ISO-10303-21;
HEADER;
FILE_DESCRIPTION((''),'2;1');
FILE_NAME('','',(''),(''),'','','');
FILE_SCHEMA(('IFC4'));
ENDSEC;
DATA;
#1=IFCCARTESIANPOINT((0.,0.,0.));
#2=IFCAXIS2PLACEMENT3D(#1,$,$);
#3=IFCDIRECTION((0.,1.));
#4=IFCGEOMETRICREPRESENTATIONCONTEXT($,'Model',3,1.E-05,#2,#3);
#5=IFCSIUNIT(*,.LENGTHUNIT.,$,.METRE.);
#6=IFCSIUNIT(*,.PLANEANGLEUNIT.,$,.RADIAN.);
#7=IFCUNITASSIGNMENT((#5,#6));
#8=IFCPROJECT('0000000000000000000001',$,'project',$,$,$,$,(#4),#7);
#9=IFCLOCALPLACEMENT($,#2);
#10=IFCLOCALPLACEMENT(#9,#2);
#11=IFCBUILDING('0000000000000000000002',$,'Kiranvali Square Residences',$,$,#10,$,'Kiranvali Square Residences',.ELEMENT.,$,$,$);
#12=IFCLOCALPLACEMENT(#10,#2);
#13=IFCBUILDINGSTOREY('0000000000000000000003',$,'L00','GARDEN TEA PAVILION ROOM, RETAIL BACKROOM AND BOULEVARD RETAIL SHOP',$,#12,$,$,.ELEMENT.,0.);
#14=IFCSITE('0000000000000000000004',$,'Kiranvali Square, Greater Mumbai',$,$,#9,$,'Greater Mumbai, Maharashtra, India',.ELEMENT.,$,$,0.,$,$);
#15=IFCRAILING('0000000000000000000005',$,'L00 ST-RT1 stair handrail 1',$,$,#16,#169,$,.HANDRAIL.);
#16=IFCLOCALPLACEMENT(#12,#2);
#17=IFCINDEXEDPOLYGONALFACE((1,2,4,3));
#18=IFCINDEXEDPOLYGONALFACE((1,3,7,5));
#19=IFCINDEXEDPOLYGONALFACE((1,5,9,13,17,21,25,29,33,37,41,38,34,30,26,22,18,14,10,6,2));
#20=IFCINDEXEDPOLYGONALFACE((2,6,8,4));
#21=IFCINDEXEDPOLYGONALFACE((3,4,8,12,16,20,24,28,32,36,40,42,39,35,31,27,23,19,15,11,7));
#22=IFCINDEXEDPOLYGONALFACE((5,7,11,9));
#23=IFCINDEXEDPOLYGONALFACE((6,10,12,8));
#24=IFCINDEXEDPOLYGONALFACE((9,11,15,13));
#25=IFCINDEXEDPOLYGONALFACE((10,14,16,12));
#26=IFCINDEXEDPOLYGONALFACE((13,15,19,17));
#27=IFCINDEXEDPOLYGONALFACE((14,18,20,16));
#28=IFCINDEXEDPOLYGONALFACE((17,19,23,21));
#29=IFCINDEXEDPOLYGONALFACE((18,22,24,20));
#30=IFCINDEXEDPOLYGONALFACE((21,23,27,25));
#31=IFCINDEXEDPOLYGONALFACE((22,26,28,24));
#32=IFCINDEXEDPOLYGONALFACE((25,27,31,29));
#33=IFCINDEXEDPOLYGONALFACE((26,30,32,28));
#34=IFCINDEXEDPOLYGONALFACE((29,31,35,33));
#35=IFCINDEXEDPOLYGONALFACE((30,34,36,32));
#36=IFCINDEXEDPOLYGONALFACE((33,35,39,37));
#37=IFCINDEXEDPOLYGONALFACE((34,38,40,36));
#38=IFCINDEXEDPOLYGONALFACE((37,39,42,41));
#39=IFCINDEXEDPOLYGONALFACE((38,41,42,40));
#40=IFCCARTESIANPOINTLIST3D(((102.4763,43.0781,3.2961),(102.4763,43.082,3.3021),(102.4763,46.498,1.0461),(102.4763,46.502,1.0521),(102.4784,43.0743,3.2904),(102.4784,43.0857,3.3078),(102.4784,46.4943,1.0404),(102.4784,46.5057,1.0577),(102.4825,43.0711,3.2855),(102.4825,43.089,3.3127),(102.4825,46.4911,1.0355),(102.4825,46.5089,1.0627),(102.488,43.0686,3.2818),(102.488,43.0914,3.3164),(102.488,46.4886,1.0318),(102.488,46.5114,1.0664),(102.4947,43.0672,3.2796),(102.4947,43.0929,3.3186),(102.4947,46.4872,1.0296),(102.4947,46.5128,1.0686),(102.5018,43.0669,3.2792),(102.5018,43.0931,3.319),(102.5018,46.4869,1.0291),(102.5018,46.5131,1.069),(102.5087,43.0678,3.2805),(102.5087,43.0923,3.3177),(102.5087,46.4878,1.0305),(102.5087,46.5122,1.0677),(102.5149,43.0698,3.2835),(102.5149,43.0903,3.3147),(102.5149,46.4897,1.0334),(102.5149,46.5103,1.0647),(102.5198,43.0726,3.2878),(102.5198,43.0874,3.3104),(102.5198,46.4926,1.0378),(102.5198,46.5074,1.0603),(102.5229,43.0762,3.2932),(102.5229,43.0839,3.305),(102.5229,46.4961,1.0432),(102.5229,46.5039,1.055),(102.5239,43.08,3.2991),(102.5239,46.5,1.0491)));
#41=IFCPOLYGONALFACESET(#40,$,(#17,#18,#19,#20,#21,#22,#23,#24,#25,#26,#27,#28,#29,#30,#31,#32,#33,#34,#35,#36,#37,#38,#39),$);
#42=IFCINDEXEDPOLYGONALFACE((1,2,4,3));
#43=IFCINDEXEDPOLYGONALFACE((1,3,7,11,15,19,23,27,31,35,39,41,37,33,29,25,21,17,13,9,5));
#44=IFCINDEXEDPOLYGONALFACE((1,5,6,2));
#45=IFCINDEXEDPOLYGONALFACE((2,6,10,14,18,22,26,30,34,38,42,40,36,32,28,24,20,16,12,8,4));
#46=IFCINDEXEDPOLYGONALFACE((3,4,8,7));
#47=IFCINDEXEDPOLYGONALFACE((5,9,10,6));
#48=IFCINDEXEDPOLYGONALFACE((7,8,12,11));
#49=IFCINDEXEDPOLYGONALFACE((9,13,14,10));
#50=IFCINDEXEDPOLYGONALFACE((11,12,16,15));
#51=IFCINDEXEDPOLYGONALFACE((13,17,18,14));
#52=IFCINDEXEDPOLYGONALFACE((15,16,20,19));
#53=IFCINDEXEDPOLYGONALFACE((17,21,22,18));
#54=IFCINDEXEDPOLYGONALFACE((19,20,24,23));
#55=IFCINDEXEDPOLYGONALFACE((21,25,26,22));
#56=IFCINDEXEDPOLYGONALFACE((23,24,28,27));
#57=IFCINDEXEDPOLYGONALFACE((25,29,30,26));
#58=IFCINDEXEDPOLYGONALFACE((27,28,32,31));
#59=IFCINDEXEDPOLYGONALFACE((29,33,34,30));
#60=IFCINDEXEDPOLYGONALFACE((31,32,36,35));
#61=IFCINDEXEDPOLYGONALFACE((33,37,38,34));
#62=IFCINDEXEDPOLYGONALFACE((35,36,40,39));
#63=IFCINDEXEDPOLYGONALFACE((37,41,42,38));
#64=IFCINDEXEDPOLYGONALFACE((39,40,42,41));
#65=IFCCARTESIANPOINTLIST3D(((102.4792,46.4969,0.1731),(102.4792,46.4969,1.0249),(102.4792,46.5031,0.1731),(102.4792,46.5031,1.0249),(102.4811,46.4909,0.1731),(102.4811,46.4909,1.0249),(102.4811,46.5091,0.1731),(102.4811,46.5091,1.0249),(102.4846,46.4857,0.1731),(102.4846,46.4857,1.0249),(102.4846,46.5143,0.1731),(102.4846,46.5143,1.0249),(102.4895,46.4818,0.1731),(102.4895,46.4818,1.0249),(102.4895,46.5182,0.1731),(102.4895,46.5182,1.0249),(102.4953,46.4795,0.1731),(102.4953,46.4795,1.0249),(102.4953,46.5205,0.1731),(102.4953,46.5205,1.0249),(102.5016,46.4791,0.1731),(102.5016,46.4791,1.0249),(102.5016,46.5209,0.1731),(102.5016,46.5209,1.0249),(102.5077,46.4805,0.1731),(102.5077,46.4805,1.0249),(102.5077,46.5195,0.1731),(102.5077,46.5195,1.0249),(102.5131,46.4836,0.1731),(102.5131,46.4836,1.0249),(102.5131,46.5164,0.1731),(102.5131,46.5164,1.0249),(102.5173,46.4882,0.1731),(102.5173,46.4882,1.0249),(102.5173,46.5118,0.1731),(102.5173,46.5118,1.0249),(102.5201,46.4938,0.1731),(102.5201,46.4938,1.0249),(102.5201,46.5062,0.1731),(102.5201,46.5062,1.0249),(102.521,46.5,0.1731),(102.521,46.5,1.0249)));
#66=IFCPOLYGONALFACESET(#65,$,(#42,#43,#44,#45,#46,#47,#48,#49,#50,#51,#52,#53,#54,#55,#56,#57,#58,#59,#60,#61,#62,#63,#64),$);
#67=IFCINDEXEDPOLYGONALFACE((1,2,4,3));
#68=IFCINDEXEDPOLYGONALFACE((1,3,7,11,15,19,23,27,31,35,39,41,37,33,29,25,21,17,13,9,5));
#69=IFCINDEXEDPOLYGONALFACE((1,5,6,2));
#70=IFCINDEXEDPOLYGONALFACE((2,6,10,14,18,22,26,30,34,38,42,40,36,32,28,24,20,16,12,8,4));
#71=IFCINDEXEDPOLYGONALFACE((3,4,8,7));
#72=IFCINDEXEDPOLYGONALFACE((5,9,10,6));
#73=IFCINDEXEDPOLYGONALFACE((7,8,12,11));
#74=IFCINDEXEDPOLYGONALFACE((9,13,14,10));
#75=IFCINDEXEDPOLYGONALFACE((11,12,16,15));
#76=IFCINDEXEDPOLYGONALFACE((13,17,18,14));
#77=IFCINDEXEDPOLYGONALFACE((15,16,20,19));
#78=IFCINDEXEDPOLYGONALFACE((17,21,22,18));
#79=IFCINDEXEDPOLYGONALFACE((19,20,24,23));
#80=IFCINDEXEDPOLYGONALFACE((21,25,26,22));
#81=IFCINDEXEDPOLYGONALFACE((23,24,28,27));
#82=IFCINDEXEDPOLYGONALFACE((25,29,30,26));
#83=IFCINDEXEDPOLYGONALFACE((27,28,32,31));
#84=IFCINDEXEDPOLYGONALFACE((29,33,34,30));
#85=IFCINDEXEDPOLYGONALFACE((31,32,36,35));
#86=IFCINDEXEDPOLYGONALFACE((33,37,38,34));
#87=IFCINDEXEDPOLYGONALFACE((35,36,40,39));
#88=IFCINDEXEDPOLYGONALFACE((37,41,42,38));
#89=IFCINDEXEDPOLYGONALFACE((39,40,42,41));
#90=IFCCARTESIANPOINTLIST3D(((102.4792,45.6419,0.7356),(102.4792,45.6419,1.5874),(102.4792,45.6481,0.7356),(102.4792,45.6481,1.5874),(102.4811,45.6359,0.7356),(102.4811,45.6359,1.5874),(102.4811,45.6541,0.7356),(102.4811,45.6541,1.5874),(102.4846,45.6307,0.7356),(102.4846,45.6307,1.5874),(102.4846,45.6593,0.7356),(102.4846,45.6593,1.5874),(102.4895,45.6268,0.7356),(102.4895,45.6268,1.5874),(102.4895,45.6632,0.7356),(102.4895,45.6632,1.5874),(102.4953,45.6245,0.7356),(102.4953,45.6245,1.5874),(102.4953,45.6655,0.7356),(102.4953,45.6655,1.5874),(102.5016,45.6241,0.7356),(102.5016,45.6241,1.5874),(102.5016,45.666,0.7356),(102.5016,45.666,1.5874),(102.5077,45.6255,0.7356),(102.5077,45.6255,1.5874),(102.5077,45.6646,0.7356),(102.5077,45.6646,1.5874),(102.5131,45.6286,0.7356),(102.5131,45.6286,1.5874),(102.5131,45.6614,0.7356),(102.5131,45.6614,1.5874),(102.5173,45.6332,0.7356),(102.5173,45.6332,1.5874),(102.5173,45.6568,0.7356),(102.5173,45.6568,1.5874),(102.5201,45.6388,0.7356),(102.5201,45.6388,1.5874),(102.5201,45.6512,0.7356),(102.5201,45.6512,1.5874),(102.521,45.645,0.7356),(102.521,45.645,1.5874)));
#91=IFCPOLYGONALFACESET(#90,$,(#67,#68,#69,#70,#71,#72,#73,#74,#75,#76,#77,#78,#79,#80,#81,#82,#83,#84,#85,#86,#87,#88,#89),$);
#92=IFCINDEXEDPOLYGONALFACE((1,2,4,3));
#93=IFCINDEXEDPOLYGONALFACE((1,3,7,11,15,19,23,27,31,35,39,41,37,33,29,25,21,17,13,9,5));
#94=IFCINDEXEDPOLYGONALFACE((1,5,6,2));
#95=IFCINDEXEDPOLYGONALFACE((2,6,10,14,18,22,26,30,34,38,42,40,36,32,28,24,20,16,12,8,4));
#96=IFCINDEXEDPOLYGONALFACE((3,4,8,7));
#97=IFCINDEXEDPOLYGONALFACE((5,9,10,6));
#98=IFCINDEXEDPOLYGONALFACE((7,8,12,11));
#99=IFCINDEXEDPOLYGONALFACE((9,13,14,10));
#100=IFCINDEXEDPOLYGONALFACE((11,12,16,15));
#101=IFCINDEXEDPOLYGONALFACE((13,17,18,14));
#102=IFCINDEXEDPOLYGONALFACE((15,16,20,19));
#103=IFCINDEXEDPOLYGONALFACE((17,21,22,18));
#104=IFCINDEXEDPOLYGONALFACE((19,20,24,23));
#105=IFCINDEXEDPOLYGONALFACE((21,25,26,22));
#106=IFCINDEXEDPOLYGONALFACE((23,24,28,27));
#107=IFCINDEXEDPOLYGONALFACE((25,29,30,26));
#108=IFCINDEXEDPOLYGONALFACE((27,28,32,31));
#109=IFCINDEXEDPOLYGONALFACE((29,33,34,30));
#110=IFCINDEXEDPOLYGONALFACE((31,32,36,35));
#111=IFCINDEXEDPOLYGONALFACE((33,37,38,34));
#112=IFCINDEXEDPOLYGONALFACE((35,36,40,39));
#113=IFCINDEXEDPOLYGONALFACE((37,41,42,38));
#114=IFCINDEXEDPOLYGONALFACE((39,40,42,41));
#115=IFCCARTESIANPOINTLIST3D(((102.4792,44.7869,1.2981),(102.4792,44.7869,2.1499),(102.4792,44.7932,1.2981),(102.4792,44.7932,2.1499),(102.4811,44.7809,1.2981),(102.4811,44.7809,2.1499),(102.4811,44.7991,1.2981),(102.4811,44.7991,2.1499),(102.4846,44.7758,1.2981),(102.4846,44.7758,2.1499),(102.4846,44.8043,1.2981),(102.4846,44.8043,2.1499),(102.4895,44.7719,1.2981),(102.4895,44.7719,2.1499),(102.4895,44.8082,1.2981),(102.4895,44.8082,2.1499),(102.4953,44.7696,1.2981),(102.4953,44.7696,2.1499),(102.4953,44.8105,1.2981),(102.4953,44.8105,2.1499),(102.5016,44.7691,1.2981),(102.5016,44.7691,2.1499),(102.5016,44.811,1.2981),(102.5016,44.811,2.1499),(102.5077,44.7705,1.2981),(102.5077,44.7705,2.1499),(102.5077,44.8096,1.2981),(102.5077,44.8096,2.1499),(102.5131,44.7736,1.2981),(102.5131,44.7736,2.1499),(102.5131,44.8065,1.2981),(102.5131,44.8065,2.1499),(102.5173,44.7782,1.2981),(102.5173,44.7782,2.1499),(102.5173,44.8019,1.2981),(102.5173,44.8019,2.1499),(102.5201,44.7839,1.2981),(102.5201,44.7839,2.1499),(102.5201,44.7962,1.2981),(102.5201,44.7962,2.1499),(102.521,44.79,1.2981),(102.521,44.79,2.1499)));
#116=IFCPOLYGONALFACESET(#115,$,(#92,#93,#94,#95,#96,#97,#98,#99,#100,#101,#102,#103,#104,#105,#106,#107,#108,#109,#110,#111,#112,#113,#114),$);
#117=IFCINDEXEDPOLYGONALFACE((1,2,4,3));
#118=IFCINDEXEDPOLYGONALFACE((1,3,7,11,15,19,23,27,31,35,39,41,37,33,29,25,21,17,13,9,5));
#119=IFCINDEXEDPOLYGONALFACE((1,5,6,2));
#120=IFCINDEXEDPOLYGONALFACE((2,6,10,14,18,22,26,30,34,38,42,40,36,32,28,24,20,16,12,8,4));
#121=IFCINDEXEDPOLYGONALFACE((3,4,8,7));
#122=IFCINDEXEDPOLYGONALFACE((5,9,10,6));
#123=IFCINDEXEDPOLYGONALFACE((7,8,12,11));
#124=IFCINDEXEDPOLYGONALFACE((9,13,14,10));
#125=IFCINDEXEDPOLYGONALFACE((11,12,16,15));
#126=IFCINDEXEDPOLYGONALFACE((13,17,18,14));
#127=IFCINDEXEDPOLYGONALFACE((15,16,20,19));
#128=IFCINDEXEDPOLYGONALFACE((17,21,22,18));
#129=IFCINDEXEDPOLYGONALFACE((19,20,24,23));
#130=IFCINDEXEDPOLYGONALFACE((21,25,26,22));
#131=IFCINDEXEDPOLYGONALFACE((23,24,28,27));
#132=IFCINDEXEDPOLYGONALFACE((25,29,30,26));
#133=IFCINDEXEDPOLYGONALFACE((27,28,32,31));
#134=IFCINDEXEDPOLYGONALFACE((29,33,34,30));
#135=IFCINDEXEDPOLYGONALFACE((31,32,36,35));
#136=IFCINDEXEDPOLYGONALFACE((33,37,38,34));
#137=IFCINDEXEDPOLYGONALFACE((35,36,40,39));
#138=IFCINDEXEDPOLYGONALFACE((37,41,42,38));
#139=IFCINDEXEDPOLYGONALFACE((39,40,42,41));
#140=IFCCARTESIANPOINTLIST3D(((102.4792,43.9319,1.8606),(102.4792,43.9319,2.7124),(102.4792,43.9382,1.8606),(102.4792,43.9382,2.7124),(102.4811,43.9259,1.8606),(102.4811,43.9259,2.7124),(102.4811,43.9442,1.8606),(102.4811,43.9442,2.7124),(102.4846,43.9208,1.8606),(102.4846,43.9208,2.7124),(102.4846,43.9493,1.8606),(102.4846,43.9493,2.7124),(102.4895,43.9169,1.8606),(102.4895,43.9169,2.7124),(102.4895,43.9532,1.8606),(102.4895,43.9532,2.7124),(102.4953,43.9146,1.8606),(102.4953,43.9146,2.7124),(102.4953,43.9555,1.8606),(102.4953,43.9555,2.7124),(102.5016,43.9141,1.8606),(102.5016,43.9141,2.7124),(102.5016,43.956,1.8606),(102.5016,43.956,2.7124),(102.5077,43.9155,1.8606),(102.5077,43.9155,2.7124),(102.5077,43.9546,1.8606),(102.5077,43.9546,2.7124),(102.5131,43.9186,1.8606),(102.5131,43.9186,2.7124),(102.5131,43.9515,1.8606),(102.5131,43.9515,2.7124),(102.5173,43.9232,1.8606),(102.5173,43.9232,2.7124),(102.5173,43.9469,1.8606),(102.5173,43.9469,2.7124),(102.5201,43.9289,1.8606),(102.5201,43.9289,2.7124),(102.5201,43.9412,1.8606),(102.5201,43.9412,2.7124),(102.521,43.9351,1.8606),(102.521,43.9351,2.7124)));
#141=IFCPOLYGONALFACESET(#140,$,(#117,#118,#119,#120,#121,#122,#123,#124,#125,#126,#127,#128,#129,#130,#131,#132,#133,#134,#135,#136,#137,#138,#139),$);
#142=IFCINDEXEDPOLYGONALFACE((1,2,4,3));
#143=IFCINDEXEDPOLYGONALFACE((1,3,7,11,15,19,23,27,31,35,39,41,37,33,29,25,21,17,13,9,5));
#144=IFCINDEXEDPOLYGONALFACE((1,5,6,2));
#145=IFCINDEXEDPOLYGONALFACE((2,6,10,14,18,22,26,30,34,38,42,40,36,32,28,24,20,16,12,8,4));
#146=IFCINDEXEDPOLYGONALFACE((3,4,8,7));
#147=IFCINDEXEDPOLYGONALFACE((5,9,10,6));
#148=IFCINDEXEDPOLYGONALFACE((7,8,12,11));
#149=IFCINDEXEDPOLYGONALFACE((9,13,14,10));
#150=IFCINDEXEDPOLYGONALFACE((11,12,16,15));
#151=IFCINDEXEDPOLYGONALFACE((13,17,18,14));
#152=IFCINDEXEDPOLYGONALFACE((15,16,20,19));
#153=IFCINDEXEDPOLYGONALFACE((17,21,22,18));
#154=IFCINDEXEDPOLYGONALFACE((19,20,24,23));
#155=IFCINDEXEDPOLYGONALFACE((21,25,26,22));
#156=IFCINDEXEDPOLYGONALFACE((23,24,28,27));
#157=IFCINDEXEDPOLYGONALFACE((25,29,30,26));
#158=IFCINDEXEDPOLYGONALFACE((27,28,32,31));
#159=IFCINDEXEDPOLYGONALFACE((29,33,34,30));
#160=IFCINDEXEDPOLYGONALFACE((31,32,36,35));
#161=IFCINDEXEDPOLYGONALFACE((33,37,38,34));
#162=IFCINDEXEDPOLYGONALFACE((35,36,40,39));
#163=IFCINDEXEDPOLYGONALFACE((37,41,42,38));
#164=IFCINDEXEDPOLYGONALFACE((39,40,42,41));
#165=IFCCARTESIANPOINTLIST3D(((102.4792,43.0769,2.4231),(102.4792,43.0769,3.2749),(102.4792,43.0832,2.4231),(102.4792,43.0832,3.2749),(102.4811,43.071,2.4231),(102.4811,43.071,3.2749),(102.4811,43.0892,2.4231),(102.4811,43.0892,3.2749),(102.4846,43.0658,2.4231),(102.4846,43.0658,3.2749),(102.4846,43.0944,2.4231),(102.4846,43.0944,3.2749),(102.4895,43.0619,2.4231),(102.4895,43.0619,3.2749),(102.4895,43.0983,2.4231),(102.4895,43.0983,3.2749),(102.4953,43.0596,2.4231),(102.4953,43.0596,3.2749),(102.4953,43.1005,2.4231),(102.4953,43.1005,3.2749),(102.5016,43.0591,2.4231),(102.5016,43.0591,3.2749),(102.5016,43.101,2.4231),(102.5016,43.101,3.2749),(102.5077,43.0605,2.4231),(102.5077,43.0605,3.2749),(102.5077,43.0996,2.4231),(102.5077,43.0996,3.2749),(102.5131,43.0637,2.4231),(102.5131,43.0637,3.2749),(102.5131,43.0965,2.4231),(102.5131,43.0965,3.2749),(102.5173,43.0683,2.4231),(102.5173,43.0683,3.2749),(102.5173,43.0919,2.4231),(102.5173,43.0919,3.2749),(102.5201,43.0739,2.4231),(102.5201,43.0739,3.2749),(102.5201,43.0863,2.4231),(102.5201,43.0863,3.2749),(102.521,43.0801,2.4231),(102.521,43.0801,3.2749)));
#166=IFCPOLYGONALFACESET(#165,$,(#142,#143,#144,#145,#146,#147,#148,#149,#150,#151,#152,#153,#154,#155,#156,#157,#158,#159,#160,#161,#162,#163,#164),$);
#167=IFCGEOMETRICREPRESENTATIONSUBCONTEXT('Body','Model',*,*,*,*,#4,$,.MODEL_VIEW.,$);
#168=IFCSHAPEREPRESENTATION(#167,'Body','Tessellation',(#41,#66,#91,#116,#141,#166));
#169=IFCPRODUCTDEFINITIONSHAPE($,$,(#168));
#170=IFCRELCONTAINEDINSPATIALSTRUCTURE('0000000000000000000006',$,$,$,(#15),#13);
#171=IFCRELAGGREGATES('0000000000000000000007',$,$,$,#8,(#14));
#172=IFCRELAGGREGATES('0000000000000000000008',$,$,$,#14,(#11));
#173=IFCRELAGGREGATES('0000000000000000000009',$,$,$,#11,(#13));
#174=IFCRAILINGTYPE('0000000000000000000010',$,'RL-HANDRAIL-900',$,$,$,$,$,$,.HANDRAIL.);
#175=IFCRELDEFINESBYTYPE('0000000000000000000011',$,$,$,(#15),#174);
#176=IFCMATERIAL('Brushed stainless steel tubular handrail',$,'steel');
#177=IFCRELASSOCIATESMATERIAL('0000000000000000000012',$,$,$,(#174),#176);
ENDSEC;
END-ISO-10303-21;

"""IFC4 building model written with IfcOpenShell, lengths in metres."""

from ifc_helpers import new_model, si_unit, direction, frame, origin, origin_2d, place, context, subcontext, project, spatial, circle, extrude, material, type_object, element, save


model = new_model("IFC4")

# Units and contexts
model_context = context("Model", 3, precision=1e-05, world=origin(), true_north=direction((0.0, 1.0)))
body_context = subcontext(model_context, "Body", "Model", "MODEL_VIEW")
ifc_project = project(units=[si_unit("LENGTHUNIT", "METRE"), si_unit("PLANEANGLEUNIT", "RADIAN")], contexts=[model_context])

# Site, building, storey
site_placement = place(None, origin())
site = spatial("IfcSite", under=ifc_project, at=site_placement, Name="Kiranvali Square, Greater Mumbai", LongName="Greater Mumbai, Maharashtra, India", CompositionType="ELEMENT", RefElevation=0.0)
building_placement = place(site_placement, origin())
building = spatial("IfcBuilding", under=site, at=building_placement, Name="Kiranvali Square Residences", LongName="Kiranvali Square Residences", CompositionType="ELEMENT")
storey_placement = place(building_placement, origin())
storey = spatial("IfcBuildingStorey", under=building, at=storey_placement, Name="L00", Description="GARDEN TEA PAVILION ROOM, RETAIL BACKROOM AND BOULEVARD RETAIL SHOP", CompositionType="ELEMENT", Elevation=0.0)

# Railing
ifc_material_1 = material(Name="Brushed stainless steel tubular handrail", Category="steel")
railing_type_1 = type_object("IfcRailingType", Name="RL-HANDRAIL-900", PredefinedType="HANDRAIL", material=ifc_material_1)
railing_1_placement = place(storey_placement, frame((102.5, 46.5, 0.1731)))
element("IfcRailing", 1, at=railing_1_placement, inside=storey, type_object=railing_type_1, Name="L00 ST-RT1 stair handrail 1", PredefinedType="HANDRAIL", context=body_context, shape_type="SweptSolid", body=[
    extrude(circle(Radius=0.0239, at=origin_2d()), frame((0.0, 0.0, 0.876), z_axis=(0.0, -0.835411, 0.549625), x_axis=(1.0, 0.0, 0.0)), (0.0, 0.0, 1.0), 4.0938),
    extrude(circle(Radius=0.021, at=origin_2d()), origin(), (0.0, 0.0, 1.0), 0.8518),
    extrude(circle(Radius=0.021, at=origin_2d()), frame((0.0, -0.855, 0.5625)), (0.0, 0.0, 1.0), 0.8518),
    extrude(circle(Radius=0.021, at=origin_2d()), frame((0.0, -1.71, 1.125)), (0.0, 0.0, 1.0), 0.8518),
    extrude(circle(Radius=0.021, at=origin_2d()), frame((0.0, -2.5649, 1.6875)), (0.0, 0.0, 1.0), 0.8518),
    extrude(circle(Radius=0.021, at=origin_2d()), frame((0.0, -3.4199, 2.25)), (0.0, 0.0, 1.0), 0.8518),
])

save(model, "model.ifc")
